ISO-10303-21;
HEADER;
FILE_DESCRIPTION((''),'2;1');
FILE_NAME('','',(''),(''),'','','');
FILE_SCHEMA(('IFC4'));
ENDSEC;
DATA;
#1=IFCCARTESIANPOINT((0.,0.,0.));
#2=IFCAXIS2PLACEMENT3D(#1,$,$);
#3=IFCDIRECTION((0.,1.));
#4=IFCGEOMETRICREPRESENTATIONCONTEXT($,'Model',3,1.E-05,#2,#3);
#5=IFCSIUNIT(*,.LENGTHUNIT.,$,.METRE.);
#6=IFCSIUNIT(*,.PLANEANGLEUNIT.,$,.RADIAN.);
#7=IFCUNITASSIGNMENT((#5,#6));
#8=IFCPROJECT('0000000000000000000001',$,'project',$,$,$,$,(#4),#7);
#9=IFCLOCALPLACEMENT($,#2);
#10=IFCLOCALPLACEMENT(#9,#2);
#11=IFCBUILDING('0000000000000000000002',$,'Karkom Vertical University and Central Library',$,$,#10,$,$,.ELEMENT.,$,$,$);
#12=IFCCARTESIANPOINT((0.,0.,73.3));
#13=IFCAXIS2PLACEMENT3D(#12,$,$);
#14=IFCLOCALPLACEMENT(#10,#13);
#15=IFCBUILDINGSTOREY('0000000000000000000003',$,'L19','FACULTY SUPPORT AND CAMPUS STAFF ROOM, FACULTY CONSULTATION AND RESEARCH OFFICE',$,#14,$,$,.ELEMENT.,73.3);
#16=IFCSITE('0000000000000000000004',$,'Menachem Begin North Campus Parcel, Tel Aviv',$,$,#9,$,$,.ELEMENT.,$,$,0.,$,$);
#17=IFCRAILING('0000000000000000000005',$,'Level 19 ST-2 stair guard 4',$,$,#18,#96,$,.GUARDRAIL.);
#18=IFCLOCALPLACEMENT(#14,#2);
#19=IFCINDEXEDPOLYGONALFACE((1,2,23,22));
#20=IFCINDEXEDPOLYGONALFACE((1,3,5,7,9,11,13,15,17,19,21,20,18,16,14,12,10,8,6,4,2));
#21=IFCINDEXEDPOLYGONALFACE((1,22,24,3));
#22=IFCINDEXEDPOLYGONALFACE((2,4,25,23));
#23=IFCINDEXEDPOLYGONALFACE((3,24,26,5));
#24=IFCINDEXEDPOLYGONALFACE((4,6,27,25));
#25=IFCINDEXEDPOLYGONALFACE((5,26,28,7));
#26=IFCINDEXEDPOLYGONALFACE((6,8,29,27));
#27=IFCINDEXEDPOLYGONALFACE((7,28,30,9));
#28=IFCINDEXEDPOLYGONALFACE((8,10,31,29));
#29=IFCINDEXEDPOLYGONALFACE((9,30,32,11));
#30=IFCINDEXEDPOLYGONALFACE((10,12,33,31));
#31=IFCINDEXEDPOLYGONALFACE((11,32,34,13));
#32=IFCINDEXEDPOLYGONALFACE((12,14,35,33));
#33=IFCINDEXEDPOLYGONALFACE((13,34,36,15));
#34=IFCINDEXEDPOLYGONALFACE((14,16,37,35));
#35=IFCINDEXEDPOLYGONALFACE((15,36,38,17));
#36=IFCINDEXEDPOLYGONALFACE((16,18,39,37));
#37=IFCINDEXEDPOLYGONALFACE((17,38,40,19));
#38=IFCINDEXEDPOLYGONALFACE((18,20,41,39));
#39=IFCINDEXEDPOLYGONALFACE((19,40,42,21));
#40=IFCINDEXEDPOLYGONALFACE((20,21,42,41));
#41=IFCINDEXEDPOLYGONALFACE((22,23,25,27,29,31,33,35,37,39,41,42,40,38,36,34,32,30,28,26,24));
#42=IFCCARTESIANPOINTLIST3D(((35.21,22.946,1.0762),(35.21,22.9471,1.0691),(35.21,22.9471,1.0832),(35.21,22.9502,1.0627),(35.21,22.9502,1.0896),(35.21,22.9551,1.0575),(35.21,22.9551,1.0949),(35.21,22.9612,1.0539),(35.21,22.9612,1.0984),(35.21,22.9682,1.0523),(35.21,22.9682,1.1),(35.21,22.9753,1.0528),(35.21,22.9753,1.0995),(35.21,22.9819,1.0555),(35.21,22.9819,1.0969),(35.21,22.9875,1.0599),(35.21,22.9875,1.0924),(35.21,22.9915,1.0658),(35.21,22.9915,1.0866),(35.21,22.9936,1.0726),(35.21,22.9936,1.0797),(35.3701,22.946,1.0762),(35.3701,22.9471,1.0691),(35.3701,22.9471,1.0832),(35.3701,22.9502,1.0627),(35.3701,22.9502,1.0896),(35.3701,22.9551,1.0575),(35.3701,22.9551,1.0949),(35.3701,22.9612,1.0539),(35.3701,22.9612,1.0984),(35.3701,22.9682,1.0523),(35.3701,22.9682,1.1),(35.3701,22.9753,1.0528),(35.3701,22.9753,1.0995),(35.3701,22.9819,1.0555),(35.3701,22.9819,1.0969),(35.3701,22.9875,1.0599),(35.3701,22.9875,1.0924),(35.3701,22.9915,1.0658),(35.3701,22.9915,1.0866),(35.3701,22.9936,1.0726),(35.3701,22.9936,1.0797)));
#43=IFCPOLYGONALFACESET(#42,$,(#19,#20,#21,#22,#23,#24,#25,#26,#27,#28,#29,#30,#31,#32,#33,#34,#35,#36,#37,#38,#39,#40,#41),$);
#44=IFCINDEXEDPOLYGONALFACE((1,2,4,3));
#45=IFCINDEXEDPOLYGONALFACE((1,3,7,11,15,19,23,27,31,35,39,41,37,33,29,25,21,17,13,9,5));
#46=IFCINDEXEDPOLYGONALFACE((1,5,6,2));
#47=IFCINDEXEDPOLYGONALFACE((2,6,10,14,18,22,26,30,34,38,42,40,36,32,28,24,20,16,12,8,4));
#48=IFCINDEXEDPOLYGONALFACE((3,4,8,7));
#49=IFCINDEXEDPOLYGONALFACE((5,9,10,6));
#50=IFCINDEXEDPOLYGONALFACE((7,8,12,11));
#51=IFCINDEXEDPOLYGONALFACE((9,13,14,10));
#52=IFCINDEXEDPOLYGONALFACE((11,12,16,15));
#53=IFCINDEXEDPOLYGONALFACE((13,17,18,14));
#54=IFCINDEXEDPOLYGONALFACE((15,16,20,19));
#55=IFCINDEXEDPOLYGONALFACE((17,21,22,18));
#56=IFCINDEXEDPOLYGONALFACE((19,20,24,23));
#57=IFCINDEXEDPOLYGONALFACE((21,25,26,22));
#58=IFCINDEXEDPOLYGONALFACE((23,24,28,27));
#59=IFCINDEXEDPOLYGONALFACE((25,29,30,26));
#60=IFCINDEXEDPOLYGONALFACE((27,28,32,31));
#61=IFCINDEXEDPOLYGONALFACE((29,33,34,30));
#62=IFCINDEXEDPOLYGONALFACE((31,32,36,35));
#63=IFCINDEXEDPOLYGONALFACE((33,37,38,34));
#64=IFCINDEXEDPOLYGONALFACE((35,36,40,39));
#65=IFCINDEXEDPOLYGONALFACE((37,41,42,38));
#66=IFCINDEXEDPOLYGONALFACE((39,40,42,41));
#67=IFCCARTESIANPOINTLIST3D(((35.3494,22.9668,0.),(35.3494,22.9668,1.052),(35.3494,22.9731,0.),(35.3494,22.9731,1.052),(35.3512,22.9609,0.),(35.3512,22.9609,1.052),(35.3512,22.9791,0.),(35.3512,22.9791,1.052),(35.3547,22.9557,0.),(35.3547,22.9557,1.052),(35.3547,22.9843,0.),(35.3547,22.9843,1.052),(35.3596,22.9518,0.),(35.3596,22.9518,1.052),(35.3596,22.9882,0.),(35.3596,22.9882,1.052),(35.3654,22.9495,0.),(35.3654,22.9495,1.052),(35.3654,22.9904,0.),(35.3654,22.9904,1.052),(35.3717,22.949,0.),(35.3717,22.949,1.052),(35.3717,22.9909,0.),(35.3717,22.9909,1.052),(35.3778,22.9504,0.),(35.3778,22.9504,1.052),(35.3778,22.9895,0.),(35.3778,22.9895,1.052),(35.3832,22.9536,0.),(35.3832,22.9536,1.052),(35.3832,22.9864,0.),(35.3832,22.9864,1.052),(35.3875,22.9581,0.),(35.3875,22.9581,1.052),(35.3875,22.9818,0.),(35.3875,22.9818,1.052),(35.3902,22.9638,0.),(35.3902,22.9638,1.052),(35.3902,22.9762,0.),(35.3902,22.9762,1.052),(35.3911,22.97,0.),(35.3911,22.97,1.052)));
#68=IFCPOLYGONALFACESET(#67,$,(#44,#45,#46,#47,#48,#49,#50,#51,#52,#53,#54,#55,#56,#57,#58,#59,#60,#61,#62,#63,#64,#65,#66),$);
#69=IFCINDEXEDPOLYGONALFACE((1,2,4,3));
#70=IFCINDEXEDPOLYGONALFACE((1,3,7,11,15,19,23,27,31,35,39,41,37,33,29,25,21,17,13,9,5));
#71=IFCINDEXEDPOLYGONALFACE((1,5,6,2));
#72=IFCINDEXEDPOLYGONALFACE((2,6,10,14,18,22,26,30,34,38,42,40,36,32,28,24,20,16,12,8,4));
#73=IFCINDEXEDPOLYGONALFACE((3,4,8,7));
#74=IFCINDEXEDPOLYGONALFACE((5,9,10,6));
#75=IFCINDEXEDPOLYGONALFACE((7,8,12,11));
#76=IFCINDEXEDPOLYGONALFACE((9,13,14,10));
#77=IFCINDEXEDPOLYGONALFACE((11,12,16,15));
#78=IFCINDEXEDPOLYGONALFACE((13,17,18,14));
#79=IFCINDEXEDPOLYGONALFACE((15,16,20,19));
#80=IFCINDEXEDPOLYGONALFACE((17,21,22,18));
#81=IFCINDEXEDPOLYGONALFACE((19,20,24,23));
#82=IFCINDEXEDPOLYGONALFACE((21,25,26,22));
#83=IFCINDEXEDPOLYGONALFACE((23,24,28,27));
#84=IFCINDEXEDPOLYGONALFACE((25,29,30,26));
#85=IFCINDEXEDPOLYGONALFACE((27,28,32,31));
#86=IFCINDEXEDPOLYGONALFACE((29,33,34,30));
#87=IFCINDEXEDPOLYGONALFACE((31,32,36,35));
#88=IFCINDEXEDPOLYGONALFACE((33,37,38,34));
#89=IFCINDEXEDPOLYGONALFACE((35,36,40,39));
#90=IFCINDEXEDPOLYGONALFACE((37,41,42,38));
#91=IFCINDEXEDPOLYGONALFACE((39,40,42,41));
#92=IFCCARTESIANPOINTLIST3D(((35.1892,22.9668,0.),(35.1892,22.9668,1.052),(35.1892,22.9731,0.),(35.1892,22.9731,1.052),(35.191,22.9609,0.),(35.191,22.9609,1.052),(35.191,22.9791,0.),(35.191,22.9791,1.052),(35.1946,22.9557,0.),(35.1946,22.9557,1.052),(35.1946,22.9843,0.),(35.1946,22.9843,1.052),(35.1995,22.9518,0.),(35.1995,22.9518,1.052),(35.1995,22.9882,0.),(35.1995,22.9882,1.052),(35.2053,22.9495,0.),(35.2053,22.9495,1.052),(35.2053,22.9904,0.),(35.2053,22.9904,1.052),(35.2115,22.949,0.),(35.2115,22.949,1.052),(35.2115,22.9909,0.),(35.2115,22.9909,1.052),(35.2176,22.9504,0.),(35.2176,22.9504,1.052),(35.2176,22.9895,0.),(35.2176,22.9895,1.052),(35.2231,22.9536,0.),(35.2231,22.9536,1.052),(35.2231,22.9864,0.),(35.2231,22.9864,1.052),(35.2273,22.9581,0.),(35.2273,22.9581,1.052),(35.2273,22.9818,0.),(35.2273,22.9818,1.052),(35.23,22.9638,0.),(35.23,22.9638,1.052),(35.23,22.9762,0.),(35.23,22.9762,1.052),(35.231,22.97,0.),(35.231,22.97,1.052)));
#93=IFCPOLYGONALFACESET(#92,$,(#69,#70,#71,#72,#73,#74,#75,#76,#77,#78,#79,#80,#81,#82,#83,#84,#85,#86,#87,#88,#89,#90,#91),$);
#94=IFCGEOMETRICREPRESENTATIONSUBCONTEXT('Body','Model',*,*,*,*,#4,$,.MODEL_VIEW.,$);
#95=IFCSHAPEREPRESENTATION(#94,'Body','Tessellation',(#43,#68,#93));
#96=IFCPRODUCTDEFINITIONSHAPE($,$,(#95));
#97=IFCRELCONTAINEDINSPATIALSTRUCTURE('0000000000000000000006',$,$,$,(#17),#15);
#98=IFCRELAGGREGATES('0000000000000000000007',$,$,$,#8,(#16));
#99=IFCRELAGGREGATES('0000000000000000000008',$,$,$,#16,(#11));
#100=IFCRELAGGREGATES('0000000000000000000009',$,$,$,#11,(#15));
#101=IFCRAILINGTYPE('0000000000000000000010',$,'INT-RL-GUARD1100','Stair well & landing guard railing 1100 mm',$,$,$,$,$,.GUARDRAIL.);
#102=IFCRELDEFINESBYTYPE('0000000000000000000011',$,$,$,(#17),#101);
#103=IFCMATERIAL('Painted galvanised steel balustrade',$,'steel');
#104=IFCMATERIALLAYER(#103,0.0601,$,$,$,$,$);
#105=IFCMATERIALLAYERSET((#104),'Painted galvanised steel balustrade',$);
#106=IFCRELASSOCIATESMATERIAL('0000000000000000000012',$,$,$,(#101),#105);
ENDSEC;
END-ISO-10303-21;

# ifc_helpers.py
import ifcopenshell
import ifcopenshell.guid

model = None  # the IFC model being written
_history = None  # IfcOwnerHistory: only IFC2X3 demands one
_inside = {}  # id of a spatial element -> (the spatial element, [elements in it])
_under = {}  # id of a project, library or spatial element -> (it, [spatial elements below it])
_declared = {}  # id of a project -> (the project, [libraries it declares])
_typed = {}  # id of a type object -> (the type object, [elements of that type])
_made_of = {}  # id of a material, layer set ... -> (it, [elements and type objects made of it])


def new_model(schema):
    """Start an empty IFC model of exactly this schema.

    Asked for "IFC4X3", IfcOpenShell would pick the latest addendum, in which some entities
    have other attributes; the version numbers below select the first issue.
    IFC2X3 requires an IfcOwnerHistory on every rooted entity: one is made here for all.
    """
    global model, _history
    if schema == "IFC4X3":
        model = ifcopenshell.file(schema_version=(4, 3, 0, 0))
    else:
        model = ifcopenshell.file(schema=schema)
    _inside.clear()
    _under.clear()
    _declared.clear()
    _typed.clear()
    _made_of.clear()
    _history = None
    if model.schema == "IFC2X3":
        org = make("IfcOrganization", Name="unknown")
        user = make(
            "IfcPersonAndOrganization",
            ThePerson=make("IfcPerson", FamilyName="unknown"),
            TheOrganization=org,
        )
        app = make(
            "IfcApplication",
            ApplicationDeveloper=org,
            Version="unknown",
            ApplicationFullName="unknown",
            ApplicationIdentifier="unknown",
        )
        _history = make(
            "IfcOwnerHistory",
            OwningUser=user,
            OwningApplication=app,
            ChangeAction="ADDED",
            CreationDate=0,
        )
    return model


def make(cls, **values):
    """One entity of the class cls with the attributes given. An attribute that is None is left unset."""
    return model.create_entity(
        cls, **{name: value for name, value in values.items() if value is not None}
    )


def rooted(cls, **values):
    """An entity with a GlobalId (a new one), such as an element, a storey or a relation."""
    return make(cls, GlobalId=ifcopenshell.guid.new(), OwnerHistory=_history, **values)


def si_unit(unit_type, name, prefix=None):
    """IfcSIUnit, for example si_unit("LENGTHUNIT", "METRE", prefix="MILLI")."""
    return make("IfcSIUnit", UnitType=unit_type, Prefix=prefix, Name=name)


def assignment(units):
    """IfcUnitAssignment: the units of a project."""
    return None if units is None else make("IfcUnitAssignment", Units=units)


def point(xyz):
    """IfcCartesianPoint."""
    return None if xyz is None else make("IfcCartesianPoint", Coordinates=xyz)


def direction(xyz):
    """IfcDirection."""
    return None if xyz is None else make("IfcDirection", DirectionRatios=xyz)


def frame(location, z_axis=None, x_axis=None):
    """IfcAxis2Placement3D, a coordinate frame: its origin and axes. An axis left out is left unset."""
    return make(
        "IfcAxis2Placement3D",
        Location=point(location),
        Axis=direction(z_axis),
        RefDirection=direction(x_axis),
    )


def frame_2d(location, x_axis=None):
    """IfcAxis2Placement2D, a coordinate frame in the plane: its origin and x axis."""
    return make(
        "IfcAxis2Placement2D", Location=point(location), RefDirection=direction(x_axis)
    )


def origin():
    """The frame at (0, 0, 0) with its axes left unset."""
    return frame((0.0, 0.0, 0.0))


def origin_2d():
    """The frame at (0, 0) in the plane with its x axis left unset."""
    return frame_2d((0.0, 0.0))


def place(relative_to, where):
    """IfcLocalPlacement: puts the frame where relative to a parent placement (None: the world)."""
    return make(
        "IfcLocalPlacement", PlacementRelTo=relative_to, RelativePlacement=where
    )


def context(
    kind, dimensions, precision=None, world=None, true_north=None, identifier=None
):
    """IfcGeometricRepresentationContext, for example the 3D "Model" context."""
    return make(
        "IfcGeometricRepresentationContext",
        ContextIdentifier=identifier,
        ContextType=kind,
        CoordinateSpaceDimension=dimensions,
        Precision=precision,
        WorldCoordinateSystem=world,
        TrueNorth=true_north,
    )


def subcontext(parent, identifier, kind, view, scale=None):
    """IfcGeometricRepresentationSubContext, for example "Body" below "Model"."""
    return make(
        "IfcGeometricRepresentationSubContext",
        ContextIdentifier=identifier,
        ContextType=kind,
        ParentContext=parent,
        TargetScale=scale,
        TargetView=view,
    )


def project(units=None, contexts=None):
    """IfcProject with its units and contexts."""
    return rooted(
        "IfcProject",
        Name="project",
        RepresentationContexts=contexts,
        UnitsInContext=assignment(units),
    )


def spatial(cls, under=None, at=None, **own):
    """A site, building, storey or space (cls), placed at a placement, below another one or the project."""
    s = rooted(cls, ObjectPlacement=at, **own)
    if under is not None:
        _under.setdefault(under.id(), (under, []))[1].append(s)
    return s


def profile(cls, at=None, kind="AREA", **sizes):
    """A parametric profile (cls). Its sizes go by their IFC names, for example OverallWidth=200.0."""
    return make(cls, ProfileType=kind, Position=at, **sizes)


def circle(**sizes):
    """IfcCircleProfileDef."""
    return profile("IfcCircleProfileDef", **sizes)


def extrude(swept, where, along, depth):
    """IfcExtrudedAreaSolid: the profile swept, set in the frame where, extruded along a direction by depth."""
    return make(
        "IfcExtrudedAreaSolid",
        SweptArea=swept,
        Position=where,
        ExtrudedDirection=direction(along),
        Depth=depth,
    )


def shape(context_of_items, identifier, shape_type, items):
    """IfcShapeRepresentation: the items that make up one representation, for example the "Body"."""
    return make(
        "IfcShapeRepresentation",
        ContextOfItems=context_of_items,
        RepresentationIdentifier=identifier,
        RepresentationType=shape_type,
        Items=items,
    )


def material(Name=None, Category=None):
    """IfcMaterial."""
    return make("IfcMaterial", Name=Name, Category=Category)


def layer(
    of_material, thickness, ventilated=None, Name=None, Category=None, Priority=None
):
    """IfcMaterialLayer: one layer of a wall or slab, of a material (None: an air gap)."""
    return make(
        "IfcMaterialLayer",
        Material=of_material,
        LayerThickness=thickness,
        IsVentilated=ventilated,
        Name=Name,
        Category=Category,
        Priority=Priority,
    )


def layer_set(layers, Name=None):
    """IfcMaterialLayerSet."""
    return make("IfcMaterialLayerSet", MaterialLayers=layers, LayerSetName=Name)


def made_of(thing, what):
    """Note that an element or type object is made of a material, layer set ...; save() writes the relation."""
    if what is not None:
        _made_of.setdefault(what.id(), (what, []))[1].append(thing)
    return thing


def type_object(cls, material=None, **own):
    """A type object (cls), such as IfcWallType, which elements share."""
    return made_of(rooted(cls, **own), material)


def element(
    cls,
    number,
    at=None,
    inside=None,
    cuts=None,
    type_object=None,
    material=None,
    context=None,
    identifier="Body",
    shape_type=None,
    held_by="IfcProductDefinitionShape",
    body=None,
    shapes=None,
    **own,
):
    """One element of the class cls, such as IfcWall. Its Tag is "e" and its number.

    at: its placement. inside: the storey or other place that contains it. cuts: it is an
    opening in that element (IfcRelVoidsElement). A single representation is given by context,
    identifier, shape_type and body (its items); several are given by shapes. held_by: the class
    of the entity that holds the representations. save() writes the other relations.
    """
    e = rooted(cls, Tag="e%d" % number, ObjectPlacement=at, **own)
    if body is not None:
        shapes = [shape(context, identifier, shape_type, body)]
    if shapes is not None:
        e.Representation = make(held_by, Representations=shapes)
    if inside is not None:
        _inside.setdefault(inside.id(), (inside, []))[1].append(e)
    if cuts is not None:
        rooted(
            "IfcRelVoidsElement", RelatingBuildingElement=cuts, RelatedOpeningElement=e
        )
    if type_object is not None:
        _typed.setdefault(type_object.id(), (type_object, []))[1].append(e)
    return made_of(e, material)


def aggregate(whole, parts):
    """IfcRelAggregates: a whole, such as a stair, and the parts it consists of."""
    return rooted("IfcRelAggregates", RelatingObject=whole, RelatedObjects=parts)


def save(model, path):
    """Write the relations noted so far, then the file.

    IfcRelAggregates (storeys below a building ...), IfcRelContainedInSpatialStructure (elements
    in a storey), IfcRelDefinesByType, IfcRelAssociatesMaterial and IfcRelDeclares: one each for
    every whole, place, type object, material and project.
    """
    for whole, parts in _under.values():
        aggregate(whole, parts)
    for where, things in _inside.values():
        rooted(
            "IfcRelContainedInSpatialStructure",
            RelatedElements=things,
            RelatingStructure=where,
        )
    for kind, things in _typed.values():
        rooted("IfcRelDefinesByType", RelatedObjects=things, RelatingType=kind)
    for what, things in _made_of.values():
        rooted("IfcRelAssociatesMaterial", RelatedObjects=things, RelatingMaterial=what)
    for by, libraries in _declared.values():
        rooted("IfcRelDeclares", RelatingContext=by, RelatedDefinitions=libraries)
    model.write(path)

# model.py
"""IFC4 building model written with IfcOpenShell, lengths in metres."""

from ifc_helpers import new_model, si_unit, direction, frame, origin, origin_2d, place, context, subcontext, project, spatial, circle, extrude, material, layer, layer_set, type_object, element, save


model = new_model("IFC4")

# Units and contexts
model_context = context("Model", 3, precision=1e-05, world=origin(), true_north=direction((0.0, 1.0)))
body_context = subcontext(model_context, "Body", "Model", "MODEL_VIEW")
ifc_project = project(units=[si_unit("LENGTHUNIT", "METRE"), si_unit("PLANEANGLEUNIT", "RADIAN")], contexts=[model_context])

# Site, building, storey
site_placement = place(None, origin())
site = spatial("IfcSite", under=ifc_project, at=site_placement, Name="Menachem Begin North Campus Parcel, Tel Aviv", CompositionType="ELEMENT", RefElevation=0.0)
building_placement = place(site_placement, origin())
building = spatial("IfcBuilding", under=site, at=building_placement, Name="Karkom Vertical University and Central Library", CompositionType="ELEMENT")
storey_placement = place(building_placement, frame((0.0, 0.0, 73.3)))
storey = spatial("IfcBuildingStorey", under=building, at=storey_placement, Name="L19", Description="FACULTY SUPPORT AND CAMPUS STAFF ROOM, FACULTY CONSULTATION AND RESEARCH OFFICE", CompositionType="ELEMENT", Elevation=73.3)

# Railing
ifc_material_1 = material(Name="Painted galvanised steel balustrade", Category="steel")
ifc_layer_1 = layer(ifc_material_1, 0.0601)
ifc_layer_set_1 = layer_set([ifc_layer_1], Name="Painted galvanised steel balustrade")
railing_type_1 = type_object("IfcRailingType", Name="INT-RL-GUARD1100", Description="Stair well & landing guard railing 1100 mm", PredefinedType="GUARDRAIL", material=ifc_layer_set_1)
railing_1_placement = place(storey_placement, frame((35.3701, 22.97, 0.0)))
element("IfcRailing", 1, at=railing_1_placement, inside=storey, type_object=railing_type_1, Name="Level 19 ST-2 stair guard 4", PredefinedType="GUARDRAIL", context=body_context, shape_type="SweptSolid", body=[
    extrude(circle(Radius=0.0239, at=origin_2d()), frame((0.0, 0.0, 1.0762), z_axis=(-1.0, 0.0, 0.0), x_axis=(0.0, -1.0, 0.0)), (0.0, 0.0, 1.0), 0.1602),
    extrude(circle(Radius=0.021, at=origin_2d()), origin(), (0.0, 0.0, 1.0), 1.052),
    extrude(circle(Radius=0.021, at=origin_2d()), frame((-0.1602, 0.0, 0.0)), (0.0, 0.0, 1.0), 1.052),
])

save(model, "model.ifc")
